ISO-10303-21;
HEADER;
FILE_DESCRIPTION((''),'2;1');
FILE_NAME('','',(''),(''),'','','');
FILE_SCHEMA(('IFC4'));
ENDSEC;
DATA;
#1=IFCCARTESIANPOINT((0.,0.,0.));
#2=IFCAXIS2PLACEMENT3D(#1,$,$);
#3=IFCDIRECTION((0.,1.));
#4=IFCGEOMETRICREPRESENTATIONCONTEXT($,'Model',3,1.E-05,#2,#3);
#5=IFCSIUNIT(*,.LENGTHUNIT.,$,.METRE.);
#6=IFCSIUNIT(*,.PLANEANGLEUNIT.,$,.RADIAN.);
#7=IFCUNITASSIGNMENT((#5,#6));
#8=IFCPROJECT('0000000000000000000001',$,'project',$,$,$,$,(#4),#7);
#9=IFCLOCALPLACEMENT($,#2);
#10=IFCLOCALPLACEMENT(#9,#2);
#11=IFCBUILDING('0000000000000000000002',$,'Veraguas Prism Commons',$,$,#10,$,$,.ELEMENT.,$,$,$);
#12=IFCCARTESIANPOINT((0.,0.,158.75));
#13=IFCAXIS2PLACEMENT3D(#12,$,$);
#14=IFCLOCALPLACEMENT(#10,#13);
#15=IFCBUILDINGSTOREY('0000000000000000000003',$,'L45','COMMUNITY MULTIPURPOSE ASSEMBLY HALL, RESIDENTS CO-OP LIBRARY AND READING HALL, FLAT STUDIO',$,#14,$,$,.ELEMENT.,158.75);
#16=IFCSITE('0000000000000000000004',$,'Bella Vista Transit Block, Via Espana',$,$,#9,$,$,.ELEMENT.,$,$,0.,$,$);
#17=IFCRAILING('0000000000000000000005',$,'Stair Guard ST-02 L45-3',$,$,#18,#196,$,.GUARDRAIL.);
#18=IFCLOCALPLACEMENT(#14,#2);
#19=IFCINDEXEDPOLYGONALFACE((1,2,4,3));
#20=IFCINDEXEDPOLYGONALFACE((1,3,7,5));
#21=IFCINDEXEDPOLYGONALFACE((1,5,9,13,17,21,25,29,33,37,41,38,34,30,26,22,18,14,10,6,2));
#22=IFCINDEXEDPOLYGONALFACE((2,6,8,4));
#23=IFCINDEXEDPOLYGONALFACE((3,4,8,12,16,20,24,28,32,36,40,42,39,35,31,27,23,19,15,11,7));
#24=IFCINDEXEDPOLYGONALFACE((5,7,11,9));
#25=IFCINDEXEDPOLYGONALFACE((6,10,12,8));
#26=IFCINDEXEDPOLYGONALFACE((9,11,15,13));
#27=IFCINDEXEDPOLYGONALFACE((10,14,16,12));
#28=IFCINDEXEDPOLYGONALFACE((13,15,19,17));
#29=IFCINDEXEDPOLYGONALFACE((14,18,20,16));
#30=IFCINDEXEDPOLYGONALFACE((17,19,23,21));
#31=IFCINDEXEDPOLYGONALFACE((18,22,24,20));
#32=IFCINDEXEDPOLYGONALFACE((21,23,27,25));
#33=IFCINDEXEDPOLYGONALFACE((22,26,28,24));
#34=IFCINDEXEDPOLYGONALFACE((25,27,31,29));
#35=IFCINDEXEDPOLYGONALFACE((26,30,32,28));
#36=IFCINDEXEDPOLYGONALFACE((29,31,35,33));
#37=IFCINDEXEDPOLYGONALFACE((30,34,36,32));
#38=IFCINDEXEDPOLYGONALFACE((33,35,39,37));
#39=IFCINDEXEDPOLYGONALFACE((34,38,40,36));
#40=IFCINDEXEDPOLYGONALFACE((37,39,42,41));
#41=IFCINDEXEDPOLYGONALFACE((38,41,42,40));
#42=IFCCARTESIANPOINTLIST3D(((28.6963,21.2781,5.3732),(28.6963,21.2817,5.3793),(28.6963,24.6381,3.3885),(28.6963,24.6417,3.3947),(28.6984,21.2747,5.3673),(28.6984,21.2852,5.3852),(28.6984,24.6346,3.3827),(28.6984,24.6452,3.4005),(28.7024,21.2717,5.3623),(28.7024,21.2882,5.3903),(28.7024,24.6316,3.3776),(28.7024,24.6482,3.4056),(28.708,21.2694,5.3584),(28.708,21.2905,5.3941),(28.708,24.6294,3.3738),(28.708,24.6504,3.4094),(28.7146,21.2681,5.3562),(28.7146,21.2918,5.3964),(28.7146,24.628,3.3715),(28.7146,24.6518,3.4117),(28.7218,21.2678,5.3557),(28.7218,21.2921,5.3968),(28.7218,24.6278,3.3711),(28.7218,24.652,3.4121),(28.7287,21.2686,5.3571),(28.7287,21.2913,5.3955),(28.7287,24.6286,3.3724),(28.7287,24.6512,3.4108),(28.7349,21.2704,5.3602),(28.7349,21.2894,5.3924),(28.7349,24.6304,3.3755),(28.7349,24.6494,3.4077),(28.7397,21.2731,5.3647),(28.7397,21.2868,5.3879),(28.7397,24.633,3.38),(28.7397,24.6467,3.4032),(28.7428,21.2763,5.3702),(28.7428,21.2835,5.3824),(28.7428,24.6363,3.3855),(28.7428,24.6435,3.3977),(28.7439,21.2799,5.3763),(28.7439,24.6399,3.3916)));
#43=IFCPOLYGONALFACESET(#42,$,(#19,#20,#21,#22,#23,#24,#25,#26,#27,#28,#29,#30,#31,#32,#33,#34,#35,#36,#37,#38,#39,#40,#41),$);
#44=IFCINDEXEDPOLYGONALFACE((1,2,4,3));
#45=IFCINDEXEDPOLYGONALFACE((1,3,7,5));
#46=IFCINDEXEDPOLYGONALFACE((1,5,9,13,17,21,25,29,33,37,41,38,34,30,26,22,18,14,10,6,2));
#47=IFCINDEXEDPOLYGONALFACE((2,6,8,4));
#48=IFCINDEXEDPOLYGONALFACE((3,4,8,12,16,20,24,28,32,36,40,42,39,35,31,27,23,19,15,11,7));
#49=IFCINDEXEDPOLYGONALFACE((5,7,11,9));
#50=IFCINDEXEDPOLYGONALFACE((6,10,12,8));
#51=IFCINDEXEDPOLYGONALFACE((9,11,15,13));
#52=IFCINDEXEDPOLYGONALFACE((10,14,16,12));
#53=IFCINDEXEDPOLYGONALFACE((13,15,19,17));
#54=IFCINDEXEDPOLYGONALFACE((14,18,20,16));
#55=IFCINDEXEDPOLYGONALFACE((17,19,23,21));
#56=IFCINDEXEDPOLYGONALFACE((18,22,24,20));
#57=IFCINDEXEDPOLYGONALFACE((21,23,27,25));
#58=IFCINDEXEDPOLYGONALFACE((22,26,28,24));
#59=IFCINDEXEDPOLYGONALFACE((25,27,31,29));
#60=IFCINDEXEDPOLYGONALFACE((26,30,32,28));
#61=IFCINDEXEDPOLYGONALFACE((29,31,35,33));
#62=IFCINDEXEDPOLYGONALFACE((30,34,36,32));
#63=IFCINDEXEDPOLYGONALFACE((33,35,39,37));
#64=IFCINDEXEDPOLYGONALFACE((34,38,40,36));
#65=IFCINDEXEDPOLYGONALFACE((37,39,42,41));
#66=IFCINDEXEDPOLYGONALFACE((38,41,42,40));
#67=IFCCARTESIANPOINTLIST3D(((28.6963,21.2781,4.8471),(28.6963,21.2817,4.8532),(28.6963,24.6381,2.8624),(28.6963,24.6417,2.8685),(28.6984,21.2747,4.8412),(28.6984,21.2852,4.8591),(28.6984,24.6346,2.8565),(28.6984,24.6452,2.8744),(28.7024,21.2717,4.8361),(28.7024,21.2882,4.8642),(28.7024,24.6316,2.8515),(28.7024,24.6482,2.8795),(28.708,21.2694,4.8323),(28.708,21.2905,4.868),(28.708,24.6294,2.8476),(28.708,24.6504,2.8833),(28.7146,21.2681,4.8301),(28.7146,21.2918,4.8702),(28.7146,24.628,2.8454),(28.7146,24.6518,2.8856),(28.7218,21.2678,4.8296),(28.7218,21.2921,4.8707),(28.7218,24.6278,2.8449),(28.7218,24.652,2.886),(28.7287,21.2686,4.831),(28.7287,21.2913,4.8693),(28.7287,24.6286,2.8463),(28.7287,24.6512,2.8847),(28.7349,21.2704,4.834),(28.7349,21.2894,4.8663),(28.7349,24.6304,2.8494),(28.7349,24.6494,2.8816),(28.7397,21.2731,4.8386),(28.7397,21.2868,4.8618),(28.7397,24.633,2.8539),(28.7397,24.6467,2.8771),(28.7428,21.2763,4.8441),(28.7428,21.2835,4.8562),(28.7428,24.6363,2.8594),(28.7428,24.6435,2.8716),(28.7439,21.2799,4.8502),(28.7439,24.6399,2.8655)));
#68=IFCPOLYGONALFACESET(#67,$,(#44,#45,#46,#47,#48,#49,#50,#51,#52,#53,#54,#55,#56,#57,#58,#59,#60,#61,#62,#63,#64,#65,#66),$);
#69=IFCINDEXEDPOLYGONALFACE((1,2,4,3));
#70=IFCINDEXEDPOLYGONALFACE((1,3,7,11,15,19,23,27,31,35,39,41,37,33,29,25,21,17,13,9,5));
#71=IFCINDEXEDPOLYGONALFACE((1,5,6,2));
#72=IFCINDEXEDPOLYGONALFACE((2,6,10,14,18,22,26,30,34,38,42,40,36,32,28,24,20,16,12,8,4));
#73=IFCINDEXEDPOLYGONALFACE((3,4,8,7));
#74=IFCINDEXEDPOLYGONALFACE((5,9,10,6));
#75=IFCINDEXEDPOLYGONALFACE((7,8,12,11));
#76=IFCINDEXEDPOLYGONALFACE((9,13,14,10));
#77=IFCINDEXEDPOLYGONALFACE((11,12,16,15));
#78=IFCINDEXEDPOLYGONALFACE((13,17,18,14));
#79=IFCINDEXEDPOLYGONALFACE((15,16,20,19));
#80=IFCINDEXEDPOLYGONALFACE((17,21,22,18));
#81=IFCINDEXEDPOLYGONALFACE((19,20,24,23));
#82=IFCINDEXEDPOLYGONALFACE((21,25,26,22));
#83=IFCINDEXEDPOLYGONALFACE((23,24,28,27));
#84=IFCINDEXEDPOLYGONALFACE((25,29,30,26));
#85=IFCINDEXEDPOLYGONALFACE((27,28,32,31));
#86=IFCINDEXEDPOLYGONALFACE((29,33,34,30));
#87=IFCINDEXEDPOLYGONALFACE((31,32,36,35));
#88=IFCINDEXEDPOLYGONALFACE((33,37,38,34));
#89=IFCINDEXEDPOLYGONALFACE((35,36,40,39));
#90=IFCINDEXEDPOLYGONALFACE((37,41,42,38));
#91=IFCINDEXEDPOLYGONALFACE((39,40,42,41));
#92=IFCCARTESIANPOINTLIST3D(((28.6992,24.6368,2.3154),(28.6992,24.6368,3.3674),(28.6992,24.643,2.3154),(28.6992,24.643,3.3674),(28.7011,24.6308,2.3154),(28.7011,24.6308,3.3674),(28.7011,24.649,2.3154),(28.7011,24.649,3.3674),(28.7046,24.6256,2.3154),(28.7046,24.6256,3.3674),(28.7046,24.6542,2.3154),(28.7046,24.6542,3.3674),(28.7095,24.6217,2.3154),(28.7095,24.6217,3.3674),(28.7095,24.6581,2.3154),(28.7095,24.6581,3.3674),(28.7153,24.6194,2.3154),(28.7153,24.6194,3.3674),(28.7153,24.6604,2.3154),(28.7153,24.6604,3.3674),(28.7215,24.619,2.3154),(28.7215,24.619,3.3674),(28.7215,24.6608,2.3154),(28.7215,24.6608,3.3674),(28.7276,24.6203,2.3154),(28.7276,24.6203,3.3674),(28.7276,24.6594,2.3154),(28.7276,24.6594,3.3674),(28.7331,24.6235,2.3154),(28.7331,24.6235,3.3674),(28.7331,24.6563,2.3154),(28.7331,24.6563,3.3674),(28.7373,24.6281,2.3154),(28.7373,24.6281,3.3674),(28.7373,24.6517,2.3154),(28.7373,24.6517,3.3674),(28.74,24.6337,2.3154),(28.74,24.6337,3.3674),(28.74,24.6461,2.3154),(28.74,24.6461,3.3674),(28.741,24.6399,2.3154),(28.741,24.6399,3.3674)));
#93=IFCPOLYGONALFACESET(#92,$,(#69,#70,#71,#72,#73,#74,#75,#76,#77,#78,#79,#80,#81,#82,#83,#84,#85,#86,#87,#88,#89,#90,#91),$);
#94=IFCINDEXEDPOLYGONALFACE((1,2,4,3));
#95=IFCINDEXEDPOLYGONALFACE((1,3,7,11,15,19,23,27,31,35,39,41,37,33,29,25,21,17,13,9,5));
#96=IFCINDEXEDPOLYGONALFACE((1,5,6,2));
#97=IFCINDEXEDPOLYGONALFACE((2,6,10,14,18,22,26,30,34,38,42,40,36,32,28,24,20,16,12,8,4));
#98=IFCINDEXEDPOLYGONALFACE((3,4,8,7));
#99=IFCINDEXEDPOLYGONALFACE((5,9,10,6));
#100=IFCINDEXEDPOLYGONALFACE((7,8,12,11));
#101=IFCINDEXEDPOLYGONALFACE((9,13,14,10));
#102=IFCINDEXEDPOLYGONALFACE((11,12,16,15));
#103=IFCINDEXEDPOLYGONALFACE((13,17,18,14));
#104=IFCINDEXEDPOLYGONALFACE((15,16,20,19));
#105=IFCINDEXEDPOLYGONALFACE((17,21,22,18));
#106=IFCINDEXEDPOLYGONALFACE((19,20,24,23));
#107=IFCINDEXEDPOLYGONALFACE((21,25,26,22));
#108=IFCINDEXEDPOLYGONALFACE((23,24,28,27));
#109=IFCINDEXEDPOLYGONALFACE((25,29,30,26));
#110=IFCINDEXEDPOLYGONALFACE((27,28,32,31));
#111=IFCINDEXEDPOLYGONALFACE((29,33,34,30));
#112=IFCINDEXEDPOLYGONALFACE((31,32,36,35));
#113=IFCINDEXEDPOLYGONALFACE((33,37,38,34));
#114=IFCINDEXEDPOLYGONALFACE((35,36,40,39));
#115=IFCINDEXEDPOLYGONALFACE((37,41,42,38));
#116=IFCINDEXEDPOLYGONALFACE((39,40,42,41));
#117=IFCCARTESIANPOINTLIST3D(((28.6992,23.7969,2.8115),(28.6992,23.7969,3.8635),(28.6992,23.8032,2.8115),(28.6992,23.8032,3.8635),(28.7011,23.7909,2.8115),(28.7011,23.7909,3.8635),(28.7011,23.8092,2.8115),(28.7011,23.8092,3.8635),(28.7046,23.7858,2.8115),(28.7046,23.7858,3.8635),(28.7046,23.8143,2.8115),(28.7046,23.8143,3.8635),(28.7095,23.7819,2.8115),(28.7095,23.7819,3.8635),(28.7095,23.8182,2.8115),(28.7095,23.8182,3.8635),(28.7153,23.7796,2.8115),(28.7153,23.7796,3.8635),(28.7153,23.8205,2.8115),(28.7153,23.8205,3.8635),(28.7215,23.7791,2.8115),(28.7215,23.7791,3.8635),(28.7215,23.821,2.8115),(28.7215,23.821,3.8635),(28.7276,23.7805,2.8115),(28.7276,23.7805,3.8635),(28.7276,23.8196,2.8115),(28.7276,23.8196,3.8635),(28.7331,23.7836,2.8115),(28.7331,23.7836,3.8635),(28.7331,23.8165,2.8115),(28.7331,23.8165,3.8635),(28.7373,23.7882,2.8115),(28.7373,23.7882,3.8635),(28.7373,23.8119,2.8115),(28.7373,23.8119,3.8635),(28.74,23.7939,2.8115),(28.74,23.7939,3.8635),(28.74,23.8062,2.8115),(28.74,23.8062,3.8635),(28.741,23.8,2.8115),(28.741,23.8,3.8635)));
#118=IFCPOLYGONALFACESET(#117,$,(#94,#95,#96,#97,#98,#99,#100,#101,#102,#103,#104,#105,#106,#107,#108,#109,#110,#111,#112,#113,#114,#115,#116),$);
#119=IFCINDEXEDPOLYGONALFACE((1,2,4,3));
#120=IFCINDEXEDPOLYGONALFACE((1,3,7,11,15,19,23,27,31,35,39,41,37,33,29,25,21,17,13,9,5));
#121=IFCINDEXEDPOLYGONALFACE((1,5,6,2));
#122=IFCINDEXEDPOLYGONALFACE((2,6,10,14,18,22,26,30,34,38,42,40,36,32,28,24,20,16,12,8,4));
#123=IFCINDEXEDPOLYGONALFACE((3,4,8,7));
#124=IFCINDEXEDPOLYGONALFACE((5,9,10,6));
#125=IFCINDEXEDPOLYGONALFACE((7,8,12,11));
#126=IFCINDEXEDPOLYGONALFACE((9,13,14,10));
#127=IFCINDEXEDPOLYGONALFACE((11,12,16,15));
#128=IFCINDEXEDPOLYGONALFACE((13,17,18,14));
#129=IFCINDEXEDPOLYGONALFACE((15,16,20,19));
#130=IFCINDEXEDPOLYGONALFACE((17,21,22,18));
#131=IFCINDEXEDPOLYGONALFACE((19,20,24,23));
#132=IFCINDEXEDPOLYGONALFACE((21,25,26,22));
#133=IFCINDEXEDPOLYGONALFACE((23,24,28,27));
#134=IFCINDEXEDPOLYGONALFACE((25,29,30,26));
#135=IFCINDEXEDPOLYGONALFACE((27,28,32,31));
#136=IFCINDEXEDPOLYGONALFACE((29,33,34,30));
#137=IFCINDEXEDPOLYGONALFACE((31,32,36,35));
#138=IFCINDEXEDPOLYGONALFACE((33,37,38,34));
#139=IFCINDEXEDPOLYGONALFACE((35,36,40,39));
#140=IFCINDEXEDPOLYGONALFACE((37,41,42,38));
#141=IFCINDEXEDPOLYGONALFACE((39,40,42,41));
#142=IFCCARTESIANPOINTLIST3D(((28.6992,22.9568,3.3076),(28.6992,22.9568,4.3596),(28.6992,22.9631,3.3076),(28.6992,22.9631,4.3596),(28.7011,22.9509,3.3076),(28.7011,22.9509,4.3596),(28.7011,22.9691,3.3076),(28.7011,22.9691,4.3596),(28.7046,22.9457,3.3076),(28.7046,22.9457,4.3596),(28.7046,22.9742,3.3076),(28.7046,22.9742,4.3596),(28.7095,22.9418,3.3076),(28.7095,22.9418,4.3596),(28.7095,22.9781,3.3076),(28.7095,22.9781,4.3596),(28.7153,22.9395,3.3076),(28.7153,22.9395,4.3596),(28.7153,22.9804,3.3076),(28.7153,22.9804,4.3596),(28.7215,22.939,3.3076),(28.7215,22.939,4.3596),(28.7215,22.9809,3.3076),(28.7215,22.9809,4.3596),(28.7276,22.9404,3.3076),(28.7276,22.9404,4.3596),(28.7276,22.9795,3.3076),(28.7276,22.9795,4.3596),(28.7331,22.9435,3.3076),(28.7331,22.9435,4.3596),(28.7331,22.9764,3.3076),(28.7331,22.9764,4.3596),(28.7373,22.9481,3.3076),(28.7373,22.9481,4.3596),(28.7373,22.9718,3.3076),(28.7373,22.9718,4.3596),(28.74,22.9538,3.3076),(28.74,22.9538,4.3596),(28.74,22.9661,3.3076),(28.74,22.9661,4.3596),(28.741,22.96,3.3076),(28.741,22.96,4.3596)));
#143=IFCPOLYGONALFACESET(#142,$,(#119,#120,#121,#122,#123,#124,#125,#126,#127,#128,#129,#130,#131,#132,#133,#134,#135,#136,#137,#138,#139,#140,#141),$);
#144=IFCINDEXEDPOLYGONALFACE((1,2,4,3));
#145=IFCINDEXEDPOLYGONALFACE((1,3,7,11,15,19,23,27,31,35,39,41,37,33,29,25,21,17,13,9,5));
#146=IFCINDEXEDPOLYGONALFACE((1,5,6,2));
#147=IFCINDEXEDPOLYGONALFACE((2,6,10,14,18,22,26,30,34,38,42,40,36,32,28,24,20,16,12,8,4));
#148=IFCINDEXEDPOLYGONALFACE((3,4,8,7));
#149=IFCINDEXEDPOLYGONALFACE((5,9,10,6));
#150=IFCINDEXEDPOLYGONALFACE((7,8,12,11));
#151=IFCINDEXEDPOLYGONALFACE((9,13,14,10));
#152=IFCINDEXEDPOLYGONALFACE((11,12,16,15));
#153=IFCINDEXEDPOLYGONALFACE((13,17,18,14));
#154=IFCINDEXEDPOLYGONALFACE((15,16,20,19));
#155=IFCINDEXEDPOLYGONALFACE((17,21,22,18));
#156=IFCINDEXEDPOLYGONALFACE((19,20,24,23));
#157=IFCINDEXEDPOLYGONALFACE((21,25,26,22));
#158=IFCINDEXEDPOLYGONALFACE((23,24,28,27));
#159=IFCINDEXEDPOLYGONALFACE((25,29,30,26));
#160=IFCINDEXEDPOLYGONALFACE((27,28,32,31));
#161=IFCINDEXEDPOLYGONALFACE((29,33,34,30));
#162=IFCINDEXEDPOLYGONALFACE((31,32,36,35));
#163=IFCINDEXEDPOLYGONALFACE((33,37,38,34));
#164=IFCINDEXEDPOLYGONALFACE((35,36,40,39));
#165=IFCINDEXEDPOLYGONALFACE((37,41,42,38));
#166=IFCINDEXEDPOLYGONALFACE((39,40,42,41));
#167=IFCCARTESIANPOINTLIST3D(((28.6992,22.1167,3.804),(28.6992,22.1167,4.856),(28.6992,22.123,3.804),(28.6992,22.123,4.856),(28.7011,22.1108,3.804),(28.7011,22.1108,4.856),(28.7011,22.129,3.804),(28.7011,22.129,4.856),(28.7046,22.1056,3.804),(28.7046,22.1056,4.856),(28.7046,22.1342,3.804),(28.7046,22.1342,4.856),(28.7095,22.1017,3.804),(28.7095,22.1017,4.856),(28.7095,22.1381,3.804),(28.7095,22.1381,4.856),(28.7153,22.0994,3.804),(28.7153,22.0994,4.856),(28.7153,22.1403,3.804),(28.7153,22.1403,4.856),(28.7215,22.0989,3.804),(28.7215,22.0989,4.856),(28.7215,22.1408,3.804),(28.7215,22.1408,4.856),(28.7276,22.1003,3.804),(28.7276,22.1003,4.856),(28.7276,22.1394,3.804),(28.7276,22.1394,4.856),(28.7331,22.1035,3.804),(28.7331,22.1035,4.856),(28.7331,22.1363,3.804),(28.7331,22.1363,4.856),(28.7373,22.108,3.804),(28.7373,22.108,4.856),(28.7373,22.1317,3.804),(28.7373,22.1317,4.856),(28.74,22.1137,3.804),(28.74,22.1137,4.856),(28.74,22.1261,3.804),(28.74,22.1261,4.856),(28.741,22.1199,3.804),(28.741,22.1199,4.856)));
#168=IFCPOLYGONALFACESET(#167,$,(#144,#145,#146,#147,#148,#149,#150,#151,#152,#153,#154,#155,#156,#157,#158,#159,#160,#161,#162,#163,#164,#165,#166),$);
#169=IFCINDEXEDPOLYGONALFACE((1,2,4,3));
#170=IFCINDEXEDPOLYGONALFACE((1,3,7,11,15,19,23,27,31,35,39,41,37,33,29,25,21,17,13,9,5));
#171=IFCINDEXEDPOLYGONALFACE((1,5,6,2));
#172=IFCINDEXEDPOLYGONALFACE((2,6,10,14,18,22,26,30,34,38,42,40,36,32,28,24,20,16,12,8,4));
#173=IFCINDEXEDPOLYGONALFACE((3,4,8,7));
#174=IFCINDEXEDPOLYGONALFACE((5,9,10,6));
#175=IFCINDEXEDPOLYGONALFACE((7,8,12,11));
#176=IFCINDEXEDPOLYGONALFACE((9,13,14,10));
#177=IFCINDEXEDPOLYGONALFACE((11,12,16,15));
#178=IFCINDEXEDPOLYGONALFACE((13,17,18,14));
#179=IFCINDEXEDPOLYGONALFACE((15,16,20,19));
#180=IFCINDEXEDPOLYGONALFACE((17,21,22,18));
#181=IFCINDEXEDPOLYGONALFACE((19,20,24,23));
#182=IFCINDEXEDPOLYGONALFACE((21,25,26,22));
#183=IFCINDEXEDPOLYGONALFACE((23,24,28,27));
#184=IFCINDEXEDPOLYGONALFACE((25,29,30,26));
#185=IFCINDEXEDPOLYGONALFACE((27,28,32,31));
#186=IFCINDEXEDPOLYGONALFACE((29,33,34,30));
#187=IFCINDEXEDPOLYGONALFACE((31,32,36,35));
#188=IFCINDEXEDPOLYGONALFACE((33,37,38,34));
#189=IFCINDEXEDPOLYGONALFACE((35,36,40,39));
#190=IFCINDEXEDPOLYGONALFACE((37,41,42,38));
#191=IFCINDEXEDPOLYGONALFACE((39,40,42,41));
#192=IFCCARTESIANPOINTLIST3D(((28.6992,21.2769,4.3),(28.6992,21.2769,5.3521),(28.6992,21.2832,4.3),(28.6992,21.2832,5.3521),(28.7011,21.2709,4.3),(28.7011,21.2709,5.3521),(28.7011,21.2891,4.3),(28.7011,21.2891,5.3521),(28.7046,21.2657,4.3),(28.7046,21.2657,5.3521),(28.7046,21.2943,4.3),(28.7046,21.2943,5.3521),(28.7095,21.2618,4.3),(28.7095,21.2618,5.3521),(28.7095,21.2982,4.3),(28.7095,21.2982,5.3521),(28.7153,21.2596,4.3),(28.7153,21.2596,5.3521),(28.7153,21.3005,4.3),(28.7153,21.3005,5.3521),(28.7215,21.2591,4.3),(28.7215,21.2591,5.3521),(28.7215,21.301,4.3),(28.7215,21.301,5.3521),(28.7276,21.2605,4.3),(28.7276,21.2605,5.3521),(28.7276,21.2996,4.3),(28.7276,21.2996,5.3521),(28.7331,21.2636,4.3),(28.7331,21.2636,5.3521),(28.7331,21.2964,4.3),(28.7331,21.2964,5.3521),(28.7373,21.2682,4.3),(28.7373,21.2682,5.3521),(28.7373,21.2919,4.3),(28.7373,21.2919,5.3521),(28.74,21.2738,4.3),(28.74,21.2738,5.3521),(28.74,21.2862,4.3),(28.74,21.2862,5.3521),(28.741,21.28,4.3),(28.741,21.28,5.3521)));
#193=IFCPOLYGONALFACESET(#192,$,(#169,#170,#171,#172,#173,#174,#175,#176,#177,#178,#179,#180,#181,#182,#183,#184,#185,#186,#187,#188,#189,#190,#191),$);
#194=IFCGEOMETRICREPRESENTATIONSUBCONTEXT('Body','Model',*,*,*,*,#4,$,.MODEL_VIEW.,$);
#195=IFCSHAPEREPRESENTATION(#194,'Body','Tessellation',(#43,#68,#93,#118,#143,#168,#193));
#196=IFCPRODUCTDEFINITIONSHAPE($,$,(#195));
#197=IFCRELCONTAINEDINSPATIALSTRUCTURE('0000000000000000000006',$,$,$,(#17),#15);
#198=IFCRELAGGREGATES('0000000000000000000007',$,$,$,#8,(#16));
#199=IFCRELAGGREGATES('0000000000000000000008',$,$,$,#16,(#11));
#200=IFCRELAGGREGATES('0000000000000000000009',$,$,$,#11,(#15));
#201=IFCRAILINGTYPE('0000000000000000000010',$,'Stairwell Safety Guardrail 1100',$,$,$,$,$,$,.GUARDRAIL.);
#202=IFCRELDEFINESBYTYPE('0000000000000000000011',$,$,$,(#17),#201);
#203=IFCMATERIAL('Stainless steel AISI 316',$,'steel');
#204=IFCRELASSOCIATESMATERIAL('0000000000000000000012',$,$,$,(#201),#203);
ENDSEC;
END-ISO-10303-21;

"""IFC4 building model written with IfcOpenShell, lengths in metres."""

from ifc_helpers import new_model, si_unit, direction, frame, origin, origin_2d, place, context, subcontext, project, spatial, circle, extrude, material, type_object, element, save


model = new_model("IFC4")

# Units and contexts
model_context = context("Model", 3, precision=1e-05, world=origin(), true_north=direction((0.0, 1.0)))
body_context = subcontext(model_context, "Body", "Model", "MODEL_VIEW")
ifc_project = project(units=[si_unit("LENGTHUNIT", "METRE"), si_unit("PLANEANGLEUNIT", "RADIAN")], contexts=[model_context])

# Site, building, storey
site_placement = place(None, origin())
site = spatial("IfcSite", under=ifc_project, at=site_placement, Name="Bella Vista Transit Block, Via Espana", CompositionType="ELEMENT", RefElevation=0.0)
building_placement = place(site_placement, origin())
building = spatial("IfcBuilding", under=site, at=building_placement, Name="Veraguas Prism Commons", CompositionType="ELEMENT")
storey_placement = place(building_placement, frame((0.0, 0.0, 158.75)))
storey = spatial("IfcBuildingStorey", under=building, at=storey_placement, Name="L45", Description="COMMUNITY MULTIPURPOSE ASSEMBLY HALL, RESIDENTS CO-OP LIBRARY AND READING HALL, FLAT STUDIO", CompositionType="ELEMENT", Elevation=158.75)

# Railing
ifc_material_1 = material(Name="Stainless steel AISI 316", Category="steel")
railing_type_1 = type_object("IfcRailingType", Name="Stairwell Safety Guardrail 1100", PredefinedType="GUARDRAIL", material=ifc_material_1)
railing_1_placement = place(storey_placement, frame((28.72, 24.6399, 2.3154)))
element("IfcRailing", 1, at=railing_1_placement, inside=storey, type_object=railing_type_1, Name="Stair Guard ST-02 L45-3", PredefinedType="GUARDRAIL", context=body_context, shape_type="SweptSolid", body=[
    extrude(circle(Radius=0.0239, at=origin_2d()), frame((0.0, 0.0, 1.0762), z_axis=(0.0, -0.861011, 0.508586), x_axis=(1.0, 0.0, 0.0)), (0.0, 0.0, 1.0), 3.9023),
    extrude(circle(Radius=0.0239, at=origin_2d()), frame((0.0, 0.0, 0.55), z_axis=(0.0, -0.861011, 0.508586), x_axis=(1.0, 0.0, 0.0)), (0.0, 0.0, 1.0), 3.9023),
    extrude(circle(Radius=0.021, at=origin_2d()), origin(), (0.0, 0.0, 1.0), 1.052),
    extrude(circle(Radius=0.021, at=origin_2d()), frame((0.0, -0.8398, 0.4961)), (0.0, 0.0, 1.0), 1.052),
    extrude(circle(Radius=0.021, at=origin_2d()), frame((0.0, -1.6799, 0.9922)), (0.0, 0.0, 1.0), 1.052),
    extrude(circle(Radius=0.021, at=origin_2d()), frame((0.0, -2.52, 1.4885)), (0.0, 0.0, 1.0), 1.052),
    extrude(circle(Radius=0.021, at=origin_2d()), frame((0.0, -3.3599, 1.9846)), (0.0, 0.0, 1.0), 1.052),
])

save(model, "model.ifc")
